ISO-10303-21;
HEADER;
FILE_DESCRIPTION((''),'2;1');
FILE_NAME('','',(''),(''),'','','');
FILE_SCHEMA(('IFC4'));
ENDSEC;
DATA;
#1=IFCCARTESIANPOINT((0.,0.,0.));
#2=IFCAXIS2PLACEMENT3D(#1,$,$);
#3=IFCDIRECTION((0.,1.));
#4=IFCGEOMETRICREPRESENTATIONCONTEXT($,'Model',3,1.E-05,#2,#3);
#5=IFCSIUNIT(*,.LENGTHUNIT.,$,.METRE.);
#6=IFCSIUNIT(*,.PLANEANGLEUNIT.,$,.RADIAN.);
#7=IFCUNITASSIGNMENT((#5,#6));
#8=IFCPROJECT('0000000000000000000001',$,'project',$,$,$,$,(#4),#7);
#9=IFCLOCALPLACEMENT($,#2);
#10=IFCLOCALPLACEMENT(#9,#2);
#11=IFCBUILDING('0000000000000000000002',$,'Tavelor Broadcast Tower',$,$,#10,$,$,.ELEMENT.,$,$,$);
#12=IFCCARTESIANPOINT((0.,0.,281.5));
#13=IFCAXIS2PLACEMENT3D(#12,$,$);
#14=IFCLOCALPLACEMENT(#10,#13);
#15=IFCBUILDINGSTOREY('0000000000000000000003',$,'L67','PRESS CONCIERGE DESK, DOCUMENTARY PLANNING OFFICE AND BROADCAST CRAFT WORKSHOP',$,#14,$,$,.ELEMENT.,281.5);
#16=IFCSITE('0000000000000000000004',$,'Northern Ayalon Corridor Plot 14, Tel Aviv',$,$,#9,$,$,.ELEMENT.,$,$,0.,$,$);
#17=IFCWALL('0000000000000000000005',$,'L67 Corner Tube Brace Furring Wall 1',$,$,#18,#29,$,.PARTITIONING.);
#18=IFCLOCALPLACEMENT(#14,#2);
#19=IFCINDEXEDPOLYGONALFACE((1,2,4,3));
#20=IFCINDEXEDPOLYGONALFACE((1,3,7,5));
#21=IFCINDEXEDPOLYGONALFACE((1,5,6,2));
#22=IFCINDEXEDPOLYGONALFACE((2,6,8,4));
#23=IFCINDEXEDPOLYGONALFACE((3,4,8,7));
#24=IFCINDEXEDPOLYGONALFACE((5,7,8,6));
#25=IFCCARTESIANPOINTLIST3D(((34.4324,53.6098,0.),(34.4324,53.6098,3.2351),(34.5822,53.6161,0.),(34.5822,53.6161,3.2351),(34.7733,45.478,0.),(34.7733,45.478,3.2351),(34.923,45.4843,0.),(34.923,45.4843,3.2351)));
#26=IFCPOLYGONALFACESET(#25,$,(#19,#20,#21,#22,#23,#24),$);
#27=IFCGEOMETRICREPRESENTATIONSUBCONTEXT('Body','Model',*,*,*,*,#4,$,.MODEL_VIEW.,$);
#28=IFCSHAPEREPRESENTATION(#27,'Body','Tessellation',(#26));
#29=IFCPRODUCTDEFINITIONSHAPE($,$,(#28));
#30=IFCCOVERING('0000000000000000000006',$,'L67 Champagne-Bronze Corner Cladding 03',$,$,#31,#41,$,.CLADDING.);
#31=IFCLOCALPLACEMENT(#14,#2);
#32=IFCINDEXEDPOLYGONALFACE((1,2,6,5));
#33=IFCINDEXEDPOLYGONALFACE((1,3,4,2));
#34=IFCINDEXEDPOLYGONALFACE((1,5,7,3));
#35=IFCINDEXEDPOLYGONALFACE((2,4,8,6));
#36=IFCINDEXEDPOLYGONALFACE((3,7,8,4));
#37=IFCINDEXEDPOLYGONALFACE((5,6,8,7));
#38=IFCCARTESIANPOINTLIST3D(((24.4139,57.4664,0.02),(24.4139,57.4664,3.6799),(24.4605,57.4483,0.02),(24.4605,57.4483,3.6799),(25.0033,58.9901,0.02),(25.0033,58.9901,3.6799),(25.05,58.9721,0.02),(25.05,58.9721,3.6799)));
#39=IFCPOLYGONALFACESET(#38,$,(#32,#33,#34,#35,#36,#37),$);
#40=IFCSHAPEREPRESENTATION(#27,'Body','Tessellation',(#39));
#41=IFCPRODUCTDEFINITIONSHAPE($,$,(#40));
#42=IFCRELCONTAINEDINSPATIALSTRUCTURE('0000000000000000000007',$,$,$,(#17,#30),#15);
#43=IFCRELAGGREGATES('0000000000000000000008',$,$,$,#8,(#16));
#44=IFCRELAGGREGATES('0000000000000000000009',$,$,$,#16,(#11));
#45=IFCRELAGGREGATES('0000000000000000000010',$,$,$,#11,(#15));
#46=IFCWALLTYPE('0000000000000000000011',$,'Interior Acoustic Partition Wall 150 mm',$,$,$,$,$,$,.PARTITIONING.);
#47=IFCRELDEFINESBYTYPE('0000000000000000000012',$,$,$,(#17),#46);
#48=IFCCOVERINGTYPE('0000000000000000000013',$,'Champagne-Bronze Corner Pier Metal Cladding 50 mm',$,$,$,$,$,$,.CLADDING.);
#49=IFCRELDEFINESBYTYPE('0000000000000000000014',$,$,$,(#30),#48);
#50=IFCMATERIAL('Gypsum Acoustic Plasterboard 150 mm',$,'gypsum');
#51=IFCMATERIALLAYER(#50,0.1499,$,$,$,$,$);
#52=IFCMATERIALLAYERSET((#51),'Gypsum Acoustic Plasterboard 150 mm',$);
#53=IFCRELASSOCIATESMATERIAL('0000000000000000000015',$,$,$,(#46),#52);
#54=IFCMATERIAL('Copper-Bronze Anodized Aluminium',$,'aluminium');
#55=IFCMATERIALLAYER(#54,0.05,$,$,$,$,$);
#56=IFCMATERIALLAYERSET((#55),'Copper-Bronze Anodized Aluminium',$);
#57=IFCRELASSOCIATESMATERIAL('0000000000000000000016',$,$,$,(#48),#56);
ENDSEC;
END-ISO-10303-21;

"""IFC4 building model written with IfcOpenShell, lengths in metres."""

from ifc_helpers import new_model, si_unit, direction, frame, frame_2d, origin, origin_2d, place, context, subcontext, project, spatial, rectangle, extrude, material, layer, layer_set, type_object, element, save


model = new_model("IFC4")

# Units and contexts
model_context = context("Model", 3, precision=1e-05, world=origin(), true_north=direction((0.0, 1.0)))
body_context = subcontext(model_context, "Body", "Model", "MODEL_VIEW")
ifc_project = project(units=[si_unit("LENGTHUNIT", "METRE"), si_unit("PLANEANGLEUNIT", "RADIAN")], contexts=[model_context])

# Site, building, storey
site_placement = place(None, origin())
site = spatial("IfcSite", under=ifc_project, at=site_placement, Name="Northern Ayalon Corridor Plot 14, Tel Aviv", CompositionType="ELEMENT", RefElevation=0.0)
building_placement = place(site_placement, origin())
building = spatial("IfcBuilding", under=site, at=building_placement, Name="Tavelor Broadcast Tower", CompositionType="ELEMENT")
storey_placement = place(building_placement, frame((0.0, 0.0, 281.5)))
storey = spatial("IfcBuildingStorey", under=building, at=storey_placement, Name="L67", Description="PRESS CONCIERGE DESK, DOCUMENTARY PLANNING OFFICE AND BROADCAST CRAFT WORKSHOP", CompositionType="ELEMENT", Elevation=281.5)

# Wall
ifc_material_1 = material(Name="Gypsum Acoustic Plasterboard 150 mm", Category="gypsum")
ifc_layer_1 = layer(ifc_material_1, 0.1499)
ifc_layer_set_1 = layer_set([ifc_layer_1], Name="Gypsum Acoustic Plasterboard 150 mm")
wall_type_1 = type_object("IfcWallType", Name="Interior Acoustic Partition Wall 150 mm", PredefinedType="PARTITIONING", material=ifc_layer_set_1)
wall_1_placement = place(storey_placement, frame((34.5073, 53.6128, 0.0), z_axis=(0.0, 0.0, 1.0), x_axis=(0.041875, -0.999123, 0.0)))
element("IfcWall", 1, at=wall_1_placement, inside=storey, type_object=wall_type_1, Name="L67 Corner Tube Brace Furring Wall 1", PredefinedType="PARTITIONING", context=body_context, shape_type="SweptSolid", body=[
    extrude(rectangle(XDim=8.1389, YDim=0.1499, at=frame_2d((4.0693, 0.0))), origin(), (0.0, 0.0, 1.0), 3.2351),
])

# Covering
ifc_material_2 = material(Name="Copper-Bronze Anodized Aluminium", Category="aluminium")
ifc_layer_2 = layer(ifc_material_2, 0.05)
ifc_layer_set_2 = layer_set([ifc_layer_2], Name="Copper-Bronze Anodized Aluminium")
covering_type = type_object("IfcCoveringType", Name="Champagne-Bronze Corner Pier Metal Cladding 50 mm", PredefinedType="CLADDING", material=ifc_layer_set_2)
covering_placement = place(storey_placement, frame((24.7319, 58.2192, 0.02), z_axis=(0.0, 0.0, 1.0), x_axis=(-0.360811, -0.932639, 0.0)))
element("IfcCovering", 2, at=covering_placement, inside=storey, type_object=covering_type, Name="L67 Champagne-Bronze Corner Cladding 03", PredefinedType="CLADDING", context=body_context, shape_type="SweptSolid", body=[
    extrude(rectangle(XDim=1.6338, YDim=0.05, at=origin_2d()), origin(), (0.0, 0.0, 1.0), 3.6599),
])

save(model, "model.ifc")
